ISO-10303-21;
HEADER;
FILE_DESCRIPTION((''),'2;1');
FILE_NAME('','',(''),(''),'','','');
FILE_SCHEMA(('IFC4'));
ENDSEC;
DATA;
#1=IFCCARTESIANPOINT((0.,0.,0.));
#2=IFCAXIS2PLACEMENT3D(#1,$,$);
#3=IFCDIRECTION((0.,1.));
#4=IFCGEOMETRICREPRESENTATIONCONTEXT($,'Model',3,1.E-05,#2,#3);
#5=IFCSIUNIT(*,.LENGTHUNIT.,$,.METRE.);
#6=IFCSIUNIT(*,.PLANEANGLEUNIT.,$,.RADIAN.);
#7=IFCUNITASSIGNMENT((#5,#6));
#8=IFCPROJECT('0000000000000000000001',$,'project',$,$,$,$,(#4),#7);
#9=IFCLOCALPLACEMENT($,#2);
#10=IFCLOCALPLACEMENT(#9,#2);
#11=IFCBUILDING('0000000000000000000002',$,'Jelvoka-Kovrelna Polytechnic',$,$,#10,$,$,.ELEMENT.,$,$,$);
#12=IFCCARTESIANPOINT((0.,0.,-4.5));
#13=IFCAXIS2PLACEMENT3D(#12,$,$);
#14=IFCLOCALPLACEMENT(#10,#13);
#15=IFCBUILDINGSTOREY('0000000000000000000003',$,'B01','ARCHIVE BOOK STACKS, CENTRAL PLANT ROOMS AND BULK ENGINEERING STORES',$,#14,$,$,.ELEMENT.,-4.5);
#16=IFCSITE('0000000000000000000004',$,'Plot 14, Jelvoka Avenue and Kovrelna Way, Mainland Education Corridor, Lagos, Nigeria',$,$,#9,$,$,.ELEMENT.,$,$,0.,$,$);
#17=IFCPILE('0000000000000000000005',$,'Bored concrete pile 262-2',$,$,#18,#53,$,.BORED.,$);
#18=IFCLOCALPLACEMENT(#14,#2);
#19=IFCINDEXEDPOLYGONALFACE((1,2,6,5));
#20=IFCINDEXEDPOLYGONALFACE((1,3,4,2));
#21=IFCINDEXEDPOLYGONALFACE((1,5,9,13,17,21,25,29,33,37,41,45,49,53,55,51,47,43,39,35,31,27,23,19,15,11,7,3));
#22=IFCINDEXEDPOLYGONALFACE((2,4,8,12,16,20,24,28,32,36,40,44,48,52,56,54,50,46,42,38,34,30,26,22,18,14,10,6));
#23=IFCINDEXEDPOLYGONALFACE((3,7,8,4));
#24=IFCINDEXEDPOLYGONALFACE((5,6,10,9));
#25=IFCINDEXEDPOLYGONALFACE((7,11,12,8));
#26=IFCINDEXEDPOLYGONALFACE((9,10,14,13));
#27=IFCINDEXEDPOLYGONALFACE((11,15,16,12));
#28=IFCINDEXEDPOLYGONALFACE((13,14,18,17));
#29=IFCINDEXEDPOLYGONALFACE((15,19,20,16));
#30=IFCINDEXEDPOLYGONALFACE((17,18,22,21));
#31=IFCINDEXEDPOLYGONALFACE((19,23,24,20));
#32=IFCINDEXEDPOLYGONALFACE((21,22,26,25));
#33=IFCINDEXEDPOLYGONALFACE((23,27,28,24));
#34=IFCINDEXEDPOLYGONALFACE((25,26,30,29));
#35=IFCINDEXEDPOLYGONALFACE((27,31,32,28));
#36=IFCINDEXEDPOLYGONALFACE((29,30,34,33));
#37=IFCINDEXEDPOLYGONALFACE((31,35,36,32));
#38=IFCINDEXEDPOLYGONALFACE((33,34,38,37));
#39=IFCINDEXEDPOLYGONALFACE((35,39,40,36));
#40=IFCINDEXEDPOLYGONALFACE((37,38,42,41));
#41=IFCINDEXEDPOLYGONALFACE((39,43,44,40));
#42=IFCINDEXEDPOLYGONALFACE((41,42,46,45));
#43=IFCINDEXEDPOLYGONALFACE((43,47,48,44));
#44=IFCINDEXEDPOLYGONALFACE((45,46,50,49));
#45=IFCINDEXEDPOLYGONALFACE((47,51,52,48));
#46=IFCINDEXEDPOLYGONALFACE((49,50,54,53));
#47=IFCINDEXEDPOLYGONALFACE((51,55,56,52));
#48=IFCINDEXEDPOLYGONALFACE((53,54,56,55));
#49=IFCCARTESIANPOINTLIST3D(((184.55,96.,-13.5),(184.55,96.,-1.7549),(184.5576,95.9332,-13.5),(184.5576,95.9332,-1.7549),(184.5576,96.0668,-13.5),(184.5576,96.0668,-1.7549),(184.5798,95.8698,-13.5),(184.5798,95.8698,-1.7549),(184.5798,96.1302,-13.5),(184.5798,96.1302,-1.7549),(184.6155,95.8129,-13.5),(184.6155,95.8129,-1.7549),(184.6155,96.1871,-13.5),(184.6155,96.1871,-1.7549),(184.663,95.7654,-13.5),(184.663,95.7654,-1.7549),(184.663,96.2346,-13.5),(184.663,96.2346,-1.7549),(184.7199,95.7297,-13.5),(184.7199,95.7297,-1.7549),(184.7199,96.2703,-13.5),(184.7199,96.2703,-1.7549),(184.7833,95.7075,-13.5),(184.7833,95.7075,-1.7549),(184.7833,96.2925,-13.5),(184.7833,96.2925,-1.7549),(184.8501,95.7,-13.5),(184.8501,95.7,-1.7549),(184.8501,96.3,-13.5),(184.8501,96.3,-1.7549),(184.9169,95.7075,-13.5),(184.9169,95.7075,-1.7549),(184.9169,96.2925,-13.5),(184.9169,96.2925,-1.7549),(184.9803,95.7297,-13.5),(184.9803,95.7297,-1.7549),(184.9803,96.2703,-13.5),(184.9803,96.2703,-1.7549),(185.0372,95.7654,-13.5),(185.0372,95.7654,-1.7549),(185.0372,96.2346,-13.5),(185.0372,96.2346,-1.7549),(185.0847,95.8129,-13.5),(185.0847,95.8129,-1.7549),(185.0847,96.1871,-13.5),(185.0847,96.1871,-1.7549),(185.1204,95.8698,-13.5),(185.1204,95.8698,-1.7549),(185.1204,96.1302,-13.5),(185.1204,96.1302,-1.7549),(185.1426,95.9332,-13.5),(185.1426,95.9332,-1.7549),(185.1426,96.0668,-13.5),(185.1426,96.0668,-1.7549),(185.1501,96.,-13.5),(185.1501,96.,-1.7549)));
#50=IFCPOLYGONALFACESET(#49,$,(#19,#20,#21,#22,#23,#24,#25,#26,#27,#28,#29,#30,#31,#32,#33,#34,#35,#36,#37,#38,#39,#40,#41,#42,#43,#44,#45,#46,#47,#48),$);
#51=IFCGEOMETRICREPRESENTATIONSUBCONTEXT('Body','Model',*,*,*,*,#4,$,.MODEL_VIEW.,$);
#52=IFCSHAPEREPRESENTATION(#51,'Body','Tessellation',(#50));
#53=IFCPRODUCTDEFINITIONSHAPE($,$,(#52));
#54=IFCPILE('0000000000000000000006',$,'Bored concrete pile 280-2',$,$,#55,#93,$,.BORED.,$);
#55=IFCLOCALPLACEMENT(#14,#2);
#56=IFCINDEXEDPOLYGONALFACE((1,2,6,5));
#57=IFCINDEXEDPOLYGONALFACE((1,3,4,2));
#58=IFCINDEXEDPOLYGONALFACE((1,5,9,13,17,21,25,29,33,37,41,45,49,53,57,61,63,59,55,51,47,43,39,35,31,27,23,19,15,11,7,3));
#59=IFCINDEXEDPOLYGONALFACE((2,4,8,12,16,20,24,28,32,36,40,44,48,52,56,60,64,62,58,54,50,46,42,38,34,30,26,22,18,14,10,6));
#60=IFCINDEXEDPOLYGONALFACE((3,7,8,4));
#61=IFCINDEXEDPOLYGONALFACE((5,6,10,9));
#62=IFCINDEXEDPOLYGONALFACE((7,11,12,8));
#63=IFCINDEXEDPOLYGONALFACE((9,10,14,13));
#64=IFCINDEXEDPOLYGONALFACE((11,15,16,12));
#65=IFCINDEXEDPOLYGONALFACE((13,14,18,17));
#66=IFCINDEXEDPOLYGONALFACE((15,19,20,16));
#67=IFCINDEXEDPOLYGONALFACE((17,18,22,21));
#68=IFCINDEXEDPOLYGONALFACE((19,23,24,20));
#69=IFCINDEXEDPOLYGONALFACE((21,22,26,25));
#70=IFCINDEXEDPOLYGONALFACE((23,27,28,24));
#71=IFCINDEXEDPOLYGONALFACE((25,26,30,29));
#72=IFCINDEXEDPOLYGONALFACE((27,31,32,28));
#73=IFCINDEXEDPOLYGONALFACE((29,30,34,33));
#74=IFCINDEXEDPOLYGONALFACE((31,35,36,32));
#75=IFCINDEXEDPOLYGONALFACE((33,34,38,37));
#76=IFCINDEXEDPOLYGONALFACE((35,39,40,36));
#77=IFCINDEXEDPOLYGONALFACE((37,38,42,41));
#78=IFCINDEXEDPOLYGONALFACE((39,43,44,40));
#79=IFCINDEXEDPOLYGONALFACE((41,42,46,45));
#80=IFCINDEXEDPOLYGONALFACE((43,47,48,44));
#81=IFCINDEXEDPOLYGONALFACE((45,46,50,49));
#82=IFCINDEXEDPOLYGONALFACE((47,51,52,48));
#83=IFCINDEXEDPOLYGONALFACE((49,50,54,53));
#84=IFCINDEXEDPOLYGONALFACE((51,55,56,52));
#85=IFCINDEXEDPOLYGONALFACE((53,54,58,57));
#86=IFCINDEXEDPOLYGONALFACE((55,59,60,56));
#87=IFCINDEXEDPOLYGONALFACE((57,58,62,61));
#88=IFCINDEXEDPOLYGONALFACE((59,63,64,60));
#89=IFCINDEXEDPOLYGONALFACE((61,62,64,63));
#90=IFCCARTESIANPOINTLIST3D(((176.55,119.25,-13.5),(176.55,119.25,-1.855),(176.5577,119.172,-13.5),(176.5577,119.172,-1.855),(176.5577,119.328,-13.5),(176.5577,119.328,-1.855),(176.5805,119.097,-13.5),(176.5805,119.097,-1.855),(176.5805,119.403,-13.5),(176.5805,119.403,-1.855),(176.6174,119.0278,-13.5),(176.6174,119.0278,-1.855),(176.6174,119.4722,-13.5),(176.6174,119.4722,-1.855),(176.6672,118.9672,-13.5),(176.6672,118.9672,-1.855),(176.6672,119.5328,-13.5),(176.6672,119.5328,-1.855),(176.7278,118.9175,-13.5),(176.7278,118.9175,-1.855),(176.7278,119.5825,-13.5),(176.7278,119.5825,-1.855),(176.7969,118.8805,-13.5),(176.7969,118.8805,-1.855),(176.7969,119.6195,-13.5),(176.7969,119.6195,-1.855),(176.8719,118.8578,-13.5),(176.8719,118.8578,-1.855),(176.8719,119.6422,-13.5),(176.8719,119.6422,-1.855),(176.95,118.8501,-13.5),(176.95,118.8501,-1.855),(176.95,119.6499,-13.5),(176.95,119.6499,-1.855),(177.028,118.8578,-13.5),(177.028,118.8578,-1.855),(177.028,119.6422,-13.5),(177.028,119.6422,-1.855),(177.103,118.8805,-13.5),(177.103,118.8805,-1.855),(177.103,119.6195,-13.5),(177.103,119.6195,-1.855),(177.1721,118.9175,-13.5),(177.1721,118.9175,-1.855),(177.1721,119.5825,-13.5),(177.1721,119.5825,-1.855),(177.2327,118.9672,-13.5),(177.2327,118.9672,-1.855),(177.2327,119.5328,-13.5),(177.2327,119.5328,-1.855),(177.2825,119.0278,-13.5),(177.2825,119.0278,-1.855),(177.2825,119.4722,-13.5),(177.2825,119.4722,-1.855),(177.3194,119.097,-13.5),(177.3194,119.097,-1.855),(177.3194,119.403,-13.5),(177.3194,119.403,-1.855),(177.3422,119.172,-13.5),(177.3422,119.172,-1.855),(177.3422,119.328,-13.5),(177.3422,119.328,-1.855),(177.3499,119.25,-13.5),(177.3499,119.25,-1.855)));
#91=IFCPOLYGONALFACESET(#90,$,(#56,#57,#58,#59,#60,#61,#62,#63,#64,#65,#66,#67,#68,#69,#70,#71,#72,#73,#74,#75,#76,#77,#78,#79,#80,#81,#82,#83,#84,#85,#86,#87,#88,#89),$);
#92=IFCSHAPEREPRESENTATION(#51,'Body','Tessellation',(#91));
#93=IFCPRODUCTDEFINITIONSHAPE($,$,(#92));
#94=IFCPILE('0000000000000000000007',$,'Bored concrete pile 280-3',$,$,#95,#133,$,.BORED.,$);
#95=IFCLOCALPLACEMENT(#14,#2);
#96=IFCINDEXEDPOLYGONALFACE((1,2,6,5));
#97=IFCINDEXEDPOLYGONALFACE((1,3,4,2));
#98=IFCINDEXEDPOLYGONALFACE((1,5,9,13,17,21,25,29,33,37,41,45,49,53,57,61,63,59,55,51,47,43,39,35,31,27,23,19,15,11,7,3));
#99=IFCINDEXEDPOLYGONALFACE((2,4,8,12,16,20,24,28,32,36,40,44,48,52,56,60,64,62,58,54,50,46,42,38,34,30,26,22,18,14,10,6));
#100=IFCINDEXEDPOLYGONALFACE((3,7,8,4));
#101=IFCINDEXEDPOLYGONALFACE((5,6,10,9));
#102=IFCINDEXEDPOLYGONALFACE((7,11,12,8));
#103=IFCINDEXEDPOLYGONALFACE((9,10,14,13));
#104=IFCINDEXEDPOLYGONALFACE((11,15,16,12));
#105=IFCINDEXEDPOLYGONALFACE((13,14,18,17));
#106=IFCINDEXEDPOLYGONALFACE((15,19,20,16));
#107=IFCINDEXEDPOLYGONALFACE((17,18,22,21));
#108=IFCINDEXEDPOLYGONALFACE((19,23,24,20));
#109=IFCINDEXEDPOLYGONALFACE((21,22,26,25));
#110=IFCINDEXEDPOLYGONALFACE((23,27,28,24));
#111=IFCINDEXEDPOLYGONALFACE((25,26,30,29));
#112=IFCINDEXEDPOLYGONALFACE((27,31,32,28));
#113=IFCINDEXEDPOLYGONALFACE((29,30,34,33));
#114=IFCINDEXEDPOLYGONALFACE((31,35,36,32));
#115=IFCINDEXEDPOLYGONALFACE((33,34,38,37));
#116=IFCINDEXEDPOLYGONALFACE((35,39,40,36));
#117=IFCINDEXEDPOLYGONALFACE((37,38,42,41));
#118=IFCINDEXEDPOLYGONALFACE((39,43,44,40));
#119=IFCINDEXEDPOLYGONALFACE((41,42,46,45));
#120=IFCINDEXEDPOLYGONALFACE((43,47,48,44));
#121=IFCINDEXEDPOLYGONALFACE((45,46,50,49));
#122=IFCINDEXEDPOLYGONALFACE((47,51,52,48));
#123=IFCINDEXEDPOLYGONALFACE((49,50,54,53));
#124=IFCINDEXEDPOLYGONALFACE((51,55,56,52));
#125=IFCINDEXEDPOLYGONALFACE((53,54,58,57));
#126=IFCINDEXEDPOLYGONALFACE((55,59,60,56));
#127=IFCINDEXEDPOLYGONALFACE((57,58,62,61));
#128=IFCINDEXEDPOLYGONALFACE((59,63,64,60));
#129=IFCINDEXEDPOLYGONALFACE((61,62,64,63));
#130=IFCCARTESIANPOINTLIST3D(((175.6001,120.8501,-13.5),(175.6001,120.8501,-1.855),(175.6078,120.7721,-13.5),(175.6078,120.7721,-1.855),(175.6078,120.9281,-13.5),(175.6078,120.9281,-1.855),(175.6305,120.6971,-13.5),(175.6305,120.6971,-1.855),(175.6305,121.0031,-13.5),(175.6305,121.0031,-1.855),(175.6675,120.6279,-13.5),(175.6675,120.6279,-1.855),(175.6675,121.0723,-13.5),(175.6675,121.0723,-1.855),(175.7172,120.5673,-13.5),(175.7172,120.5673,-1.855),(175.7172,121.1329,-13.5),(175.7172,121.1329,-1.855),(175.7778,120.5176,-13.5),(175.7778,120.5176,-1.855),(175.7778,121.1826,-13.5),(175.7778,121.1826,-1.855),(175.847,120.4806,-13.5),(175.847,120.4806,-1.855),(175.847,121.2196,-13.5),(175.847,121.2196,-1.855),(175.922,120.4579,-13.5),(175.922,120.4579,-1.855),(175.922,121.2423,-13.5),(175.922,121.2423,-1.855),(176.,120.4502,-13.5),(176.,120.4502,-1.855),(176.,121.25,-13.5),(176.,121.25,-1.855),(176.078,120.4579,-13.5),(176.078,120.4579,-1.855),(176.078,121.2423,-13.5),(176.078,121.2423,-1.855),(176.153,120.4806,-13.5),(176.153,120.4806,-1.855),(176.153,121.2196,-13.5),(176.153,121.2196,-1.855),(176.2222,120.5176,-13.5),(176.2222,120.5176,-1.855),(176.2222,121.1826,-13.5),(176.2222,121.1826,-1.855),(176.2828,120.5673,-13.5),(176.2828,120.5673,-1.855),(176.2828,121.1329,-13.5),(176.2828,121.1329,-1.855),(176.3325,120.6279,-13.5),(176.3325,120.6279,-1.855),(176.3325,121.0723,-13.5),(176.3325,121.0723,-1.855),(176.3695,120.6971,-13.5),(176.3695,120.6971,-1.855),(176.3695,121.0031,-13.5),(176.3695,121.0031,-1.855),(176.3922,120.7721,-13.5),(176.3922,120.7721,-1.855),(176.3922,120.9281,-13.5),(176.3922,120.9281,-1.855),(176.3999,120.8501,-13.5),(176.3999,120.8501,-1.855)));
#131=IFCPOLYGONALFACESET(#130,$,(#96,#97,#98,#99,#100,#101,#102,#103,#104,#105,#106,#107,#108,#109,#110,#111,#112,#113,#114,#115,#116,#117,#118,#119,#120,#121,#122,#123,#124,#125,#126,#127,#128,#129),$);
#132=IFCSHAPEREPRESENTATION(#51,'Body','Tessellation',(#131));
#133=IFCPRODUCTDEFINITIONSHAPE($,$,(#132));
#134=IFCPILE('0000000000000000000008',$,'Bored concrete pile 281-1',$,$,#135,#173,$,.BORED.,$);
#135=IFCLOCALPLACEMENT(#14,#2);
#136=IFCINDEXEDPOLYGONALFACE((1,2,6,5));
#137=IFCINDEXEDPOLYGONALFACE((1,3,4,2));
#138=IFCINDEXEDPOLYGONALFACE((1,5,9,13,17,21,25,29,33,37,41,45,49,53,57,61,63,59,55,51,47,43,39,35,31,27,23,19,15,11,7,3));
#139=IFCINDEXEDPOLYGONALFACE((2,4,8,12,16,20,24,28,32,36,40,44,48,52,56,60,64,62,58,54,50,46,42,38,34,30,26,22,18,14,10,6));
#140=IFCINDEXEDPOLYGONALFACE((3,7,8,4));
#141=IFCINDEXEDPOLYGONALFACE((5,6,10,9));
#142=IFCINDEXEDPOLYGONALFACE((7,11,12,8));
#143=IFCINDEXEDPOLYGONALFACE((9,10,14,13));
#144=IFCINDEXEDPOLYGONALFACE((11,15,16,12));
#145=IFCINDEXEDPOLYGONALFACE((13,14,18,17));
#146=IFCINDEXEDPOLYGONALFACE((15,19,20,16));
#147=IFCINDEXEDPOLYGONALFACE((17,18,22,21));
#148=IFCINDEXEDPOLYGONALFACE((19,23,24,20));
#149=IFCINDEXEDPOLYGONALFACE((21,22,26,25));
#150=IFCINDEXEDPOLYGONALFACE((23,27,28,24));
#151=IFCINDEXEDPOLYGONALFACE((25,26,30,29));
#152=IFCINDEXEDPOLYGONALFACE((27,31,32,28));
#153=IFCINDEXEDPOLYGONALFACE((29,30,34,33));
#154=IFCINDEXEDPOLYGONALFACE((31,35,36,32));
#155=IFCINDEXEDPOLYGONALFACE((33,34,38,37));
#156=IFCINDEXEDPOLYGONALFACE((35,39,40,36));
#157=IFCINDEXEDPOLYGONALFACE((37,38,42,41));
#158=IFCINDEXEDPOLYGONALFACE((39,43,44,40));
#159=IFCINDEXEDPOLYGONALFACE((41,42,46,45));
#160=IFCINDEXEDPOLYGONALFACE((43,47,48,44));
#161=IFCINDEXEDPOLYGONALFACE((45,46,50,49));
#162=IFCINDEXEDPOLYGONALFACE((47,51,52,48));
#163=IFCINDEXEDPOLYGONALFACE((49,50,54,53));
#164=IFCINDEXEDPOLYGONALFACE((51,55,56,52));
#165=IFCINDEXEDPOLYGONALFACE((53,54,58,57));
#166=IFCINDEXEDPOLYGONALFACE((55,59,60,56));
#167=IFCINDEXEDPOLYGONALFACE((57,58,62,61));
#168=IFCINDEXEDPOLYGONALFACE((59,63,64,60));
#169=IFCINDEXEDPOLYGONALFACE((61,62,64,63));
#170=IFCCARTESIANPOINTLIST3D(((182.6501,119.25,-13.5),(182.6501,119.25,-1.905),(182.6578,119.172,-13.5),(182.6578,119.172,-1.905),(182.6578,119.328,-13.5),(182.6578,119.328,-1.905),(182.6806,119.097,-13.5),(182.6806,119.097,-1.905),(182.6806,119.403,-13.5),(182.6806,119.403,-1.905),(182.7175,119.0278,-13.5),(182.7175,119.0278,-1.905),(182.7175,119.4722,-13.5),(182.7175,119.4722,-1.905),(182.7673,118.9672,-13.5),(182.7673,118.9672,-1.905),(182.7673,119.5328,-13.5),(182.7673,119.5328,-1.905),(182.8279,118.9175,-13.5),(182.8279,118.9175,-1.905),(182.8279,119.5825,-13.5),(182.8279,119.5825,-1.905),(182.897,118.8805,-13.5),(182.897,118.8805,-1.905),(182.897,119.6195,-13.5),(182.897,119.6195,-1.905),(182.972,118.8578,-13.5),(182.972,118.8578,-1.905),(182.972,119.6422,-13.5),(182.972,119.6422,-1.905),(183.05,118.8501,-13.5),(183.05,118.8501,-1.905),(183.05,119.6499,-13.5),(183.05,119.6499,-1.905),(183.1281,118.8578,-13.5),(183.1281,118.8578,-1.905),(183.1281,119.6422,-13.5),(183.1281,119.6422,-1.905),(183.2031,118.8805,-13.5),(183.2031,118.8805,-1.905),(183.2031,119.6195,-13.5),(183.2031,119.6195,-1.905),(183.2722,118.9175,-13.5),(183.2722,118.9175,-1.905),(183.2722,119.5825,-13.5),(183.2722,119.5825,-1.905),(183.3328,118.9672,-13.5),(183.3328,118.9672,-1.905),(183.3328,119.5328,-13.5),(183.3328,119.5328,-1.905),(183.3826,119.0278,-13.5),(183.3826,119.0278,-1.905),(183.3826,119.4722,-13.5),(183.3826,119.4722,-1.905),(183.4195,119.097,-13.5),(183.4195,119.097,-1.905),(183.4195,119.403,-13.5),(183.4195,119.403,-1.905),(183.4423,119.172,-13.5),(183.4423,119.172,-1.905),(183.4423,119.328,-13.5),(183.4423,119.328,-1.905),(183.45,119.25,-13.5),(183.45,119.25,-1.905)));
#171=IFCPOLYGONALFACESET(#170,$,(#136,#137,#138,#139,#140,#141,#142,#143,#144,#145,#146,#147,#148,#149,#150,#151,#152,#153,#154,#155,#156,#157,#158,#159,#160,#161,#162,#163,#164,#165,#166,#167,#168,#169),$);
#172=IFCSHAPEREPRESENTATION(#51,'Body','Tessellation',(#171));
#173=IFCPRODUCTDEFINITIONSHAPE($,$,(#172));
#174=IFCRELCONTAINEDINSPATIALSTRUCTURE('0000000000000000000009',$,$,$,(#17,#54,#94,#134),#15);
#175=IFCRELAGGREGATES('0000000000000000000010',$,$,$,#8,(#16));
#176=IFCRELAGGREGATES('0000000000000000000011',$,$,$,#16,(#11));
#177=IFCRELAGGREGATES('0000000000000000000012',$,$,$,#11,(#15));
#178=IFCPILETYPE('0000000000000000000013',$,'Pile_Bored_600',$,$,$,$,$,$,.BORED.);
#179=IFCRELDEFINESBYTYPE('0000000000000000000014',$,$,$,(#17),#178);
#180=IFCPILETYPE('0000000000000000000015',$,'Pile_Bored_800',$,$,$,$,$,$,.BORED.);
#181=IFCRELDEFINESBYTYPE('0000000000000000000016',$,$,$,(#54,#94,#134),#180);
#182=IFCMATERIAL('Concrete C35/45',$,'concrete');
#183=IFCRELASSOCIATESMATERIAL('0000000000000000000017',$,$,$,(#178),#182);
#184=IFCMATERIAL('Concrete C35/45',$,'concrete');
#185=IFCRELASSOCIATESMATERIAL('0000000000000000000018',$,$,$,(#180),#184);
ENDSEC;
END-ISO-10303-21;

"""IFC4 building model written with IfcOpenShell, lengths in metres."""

from ifc_helpers import new_model, si_unit, direction, frame, origin, origin_2d, place, context, subcontext, project, spatial, circle, extrude, material, material_profile, profile_set, type_object, element, save


model = new_model("IFC4")

# Units and contexts
model_context = context("Model", 3, precision=1e-05, world=origin(), true_north=direction((0.0, 1.0)))
body_context = subcontext(model_context, "Body", "Model", "MODEL_VIEW")
ifc_project = project(units=[si_unit("LENGTHUNIT", "METRE"), si_unit("PLANEANGLEUNIT", "RADIAN")], contexts=[model_context])

# Site, building, storey
site_placement = place(None, origin())
site = spatial("IfcSite", under=ifc_project, at=site_placement, Name="Plot 14, Jelvoka Avenue and Kovrelna Way, Mainland Education Corridor, Lagos, Nigeria", CompositionType="ELEMENT", RefElevation=0.0)
building_placement = place(site_placement, origin())
building = spatial("IfcBuilding", under=site, at=building_placement, Name="Jelvoka-Kovrelna Polytechnic", CompositionType="ELEMENT")
storey_placement = place(building_placement, frame((0.0, 0.0, -4.5)))
storey = spatial("IfcBuildingStorey", under=building, at=storey_placement, Name="B01", Description="ARCHIVE BOOK STACKS, CENTRAL PLANT ROOMS AND BULK ENGINEERING STORES", CompositionType="ELEMENT", Elevation=-4.5)

# Piles
ifc_material_1 = material(Name="Concrete C35/45", Category="concrete")
ifc_material_profile_1 = material_profile(ifc_material_1, circle(Radius=0.3, at=origin_2d()), Name="PILE D600")
ifc_profile_set_1 = profile_set([ifc_material_profile_1], Name="Concrete C35/45")
pile_type_1 = type_object("IfcPileType", Name="Pile_Bored_600", PredefinedType="BORED", material=ifc_profile_set_1)
for number, where, z_axis, x_axis, name in (
    (1, (184.8501, 96.0, -1.7549), (0.0, 0.0, -1.0), (1.0, 0.0, 0.0), "Bored concrete pile 262-2"),
):
    element("IfcPile", number, at=place(storey_placement, frame(where, z_axis=z_axis, x_axis=x_axis)), inside=storey, type_object=pile_type_1, Name=name, PredefinedType="BORED", context=body_context, shape_type="SweptSolid", body=[
        extrude(circle(Radius=0.3, at=origin_2d()), origin(), (0.0, 0.0, 1.0), 11.7451),
    ])
ifc_material_2 = material(Name="Concrete C35/45", Category="concrete")
ifc_material_profile_2 = material_profile(ifc_material_2, circle(Radius=0.3999, at=origin_2d()), Name="PILE D800")
ifc_profile_set_2 = profile_set([ifc_material_profile_2], Name="Concrete C35/45")
pile_type_2 = type_object("IfcPileType", Name="Pile_Bored_800", PredefinedType="BORED", material=ifc_profile_set_2)
for number, where, z_axis, x_axis, name in (
    (2, (176.95, 119.25, -1.855), (0.0, 0.0, -1.0), (1.0, 0.0, 0.0), "Bored concrete pile 280-2"),
    (3, (176.0, 120.8501, -1.855), (0.0, 0.0, -1.0), (1.0, 0.0, 0.0), "Bored concrete pile 280-3"),
):
    element("IfcPile", number, at=place(storey_placement, frame(where, z_axis=z_axis, x_axis=x_axis)), inside=storey, type_object=pile_type_2, Name=name, PredefinedType="BORED", context=body_context, shape_type="SweptSolid", body=[
        extrude(circle(Radius=0.3999, at=origin_2d()), origin(), (0.0, 0.0, 1.0), 11.645),
    ])
for number, where, z_axis, x_axis, name in (
    (4, (183.05, 119.25, -1.905), (0.0, 0.0, -1.0), (1.0, 0.0, 0.0), "Bored concrete pile 281-1"),
):
    element("IfcPile", number, at=place(storey_placement, frame(where, z_axis=z_axis, x_axis=x_axis)), inside=storey, type_object=pile_type_2, Name=name, PredefinedType="BORED", context=body_context, shape_type="SweptSolid", body=[
        extrude(circle(Radius=0.3999, at=origin_2d()), origin(), (0.0, 0.0, 1.0), 11.595),
    ])

save(model, "model.ifc")
